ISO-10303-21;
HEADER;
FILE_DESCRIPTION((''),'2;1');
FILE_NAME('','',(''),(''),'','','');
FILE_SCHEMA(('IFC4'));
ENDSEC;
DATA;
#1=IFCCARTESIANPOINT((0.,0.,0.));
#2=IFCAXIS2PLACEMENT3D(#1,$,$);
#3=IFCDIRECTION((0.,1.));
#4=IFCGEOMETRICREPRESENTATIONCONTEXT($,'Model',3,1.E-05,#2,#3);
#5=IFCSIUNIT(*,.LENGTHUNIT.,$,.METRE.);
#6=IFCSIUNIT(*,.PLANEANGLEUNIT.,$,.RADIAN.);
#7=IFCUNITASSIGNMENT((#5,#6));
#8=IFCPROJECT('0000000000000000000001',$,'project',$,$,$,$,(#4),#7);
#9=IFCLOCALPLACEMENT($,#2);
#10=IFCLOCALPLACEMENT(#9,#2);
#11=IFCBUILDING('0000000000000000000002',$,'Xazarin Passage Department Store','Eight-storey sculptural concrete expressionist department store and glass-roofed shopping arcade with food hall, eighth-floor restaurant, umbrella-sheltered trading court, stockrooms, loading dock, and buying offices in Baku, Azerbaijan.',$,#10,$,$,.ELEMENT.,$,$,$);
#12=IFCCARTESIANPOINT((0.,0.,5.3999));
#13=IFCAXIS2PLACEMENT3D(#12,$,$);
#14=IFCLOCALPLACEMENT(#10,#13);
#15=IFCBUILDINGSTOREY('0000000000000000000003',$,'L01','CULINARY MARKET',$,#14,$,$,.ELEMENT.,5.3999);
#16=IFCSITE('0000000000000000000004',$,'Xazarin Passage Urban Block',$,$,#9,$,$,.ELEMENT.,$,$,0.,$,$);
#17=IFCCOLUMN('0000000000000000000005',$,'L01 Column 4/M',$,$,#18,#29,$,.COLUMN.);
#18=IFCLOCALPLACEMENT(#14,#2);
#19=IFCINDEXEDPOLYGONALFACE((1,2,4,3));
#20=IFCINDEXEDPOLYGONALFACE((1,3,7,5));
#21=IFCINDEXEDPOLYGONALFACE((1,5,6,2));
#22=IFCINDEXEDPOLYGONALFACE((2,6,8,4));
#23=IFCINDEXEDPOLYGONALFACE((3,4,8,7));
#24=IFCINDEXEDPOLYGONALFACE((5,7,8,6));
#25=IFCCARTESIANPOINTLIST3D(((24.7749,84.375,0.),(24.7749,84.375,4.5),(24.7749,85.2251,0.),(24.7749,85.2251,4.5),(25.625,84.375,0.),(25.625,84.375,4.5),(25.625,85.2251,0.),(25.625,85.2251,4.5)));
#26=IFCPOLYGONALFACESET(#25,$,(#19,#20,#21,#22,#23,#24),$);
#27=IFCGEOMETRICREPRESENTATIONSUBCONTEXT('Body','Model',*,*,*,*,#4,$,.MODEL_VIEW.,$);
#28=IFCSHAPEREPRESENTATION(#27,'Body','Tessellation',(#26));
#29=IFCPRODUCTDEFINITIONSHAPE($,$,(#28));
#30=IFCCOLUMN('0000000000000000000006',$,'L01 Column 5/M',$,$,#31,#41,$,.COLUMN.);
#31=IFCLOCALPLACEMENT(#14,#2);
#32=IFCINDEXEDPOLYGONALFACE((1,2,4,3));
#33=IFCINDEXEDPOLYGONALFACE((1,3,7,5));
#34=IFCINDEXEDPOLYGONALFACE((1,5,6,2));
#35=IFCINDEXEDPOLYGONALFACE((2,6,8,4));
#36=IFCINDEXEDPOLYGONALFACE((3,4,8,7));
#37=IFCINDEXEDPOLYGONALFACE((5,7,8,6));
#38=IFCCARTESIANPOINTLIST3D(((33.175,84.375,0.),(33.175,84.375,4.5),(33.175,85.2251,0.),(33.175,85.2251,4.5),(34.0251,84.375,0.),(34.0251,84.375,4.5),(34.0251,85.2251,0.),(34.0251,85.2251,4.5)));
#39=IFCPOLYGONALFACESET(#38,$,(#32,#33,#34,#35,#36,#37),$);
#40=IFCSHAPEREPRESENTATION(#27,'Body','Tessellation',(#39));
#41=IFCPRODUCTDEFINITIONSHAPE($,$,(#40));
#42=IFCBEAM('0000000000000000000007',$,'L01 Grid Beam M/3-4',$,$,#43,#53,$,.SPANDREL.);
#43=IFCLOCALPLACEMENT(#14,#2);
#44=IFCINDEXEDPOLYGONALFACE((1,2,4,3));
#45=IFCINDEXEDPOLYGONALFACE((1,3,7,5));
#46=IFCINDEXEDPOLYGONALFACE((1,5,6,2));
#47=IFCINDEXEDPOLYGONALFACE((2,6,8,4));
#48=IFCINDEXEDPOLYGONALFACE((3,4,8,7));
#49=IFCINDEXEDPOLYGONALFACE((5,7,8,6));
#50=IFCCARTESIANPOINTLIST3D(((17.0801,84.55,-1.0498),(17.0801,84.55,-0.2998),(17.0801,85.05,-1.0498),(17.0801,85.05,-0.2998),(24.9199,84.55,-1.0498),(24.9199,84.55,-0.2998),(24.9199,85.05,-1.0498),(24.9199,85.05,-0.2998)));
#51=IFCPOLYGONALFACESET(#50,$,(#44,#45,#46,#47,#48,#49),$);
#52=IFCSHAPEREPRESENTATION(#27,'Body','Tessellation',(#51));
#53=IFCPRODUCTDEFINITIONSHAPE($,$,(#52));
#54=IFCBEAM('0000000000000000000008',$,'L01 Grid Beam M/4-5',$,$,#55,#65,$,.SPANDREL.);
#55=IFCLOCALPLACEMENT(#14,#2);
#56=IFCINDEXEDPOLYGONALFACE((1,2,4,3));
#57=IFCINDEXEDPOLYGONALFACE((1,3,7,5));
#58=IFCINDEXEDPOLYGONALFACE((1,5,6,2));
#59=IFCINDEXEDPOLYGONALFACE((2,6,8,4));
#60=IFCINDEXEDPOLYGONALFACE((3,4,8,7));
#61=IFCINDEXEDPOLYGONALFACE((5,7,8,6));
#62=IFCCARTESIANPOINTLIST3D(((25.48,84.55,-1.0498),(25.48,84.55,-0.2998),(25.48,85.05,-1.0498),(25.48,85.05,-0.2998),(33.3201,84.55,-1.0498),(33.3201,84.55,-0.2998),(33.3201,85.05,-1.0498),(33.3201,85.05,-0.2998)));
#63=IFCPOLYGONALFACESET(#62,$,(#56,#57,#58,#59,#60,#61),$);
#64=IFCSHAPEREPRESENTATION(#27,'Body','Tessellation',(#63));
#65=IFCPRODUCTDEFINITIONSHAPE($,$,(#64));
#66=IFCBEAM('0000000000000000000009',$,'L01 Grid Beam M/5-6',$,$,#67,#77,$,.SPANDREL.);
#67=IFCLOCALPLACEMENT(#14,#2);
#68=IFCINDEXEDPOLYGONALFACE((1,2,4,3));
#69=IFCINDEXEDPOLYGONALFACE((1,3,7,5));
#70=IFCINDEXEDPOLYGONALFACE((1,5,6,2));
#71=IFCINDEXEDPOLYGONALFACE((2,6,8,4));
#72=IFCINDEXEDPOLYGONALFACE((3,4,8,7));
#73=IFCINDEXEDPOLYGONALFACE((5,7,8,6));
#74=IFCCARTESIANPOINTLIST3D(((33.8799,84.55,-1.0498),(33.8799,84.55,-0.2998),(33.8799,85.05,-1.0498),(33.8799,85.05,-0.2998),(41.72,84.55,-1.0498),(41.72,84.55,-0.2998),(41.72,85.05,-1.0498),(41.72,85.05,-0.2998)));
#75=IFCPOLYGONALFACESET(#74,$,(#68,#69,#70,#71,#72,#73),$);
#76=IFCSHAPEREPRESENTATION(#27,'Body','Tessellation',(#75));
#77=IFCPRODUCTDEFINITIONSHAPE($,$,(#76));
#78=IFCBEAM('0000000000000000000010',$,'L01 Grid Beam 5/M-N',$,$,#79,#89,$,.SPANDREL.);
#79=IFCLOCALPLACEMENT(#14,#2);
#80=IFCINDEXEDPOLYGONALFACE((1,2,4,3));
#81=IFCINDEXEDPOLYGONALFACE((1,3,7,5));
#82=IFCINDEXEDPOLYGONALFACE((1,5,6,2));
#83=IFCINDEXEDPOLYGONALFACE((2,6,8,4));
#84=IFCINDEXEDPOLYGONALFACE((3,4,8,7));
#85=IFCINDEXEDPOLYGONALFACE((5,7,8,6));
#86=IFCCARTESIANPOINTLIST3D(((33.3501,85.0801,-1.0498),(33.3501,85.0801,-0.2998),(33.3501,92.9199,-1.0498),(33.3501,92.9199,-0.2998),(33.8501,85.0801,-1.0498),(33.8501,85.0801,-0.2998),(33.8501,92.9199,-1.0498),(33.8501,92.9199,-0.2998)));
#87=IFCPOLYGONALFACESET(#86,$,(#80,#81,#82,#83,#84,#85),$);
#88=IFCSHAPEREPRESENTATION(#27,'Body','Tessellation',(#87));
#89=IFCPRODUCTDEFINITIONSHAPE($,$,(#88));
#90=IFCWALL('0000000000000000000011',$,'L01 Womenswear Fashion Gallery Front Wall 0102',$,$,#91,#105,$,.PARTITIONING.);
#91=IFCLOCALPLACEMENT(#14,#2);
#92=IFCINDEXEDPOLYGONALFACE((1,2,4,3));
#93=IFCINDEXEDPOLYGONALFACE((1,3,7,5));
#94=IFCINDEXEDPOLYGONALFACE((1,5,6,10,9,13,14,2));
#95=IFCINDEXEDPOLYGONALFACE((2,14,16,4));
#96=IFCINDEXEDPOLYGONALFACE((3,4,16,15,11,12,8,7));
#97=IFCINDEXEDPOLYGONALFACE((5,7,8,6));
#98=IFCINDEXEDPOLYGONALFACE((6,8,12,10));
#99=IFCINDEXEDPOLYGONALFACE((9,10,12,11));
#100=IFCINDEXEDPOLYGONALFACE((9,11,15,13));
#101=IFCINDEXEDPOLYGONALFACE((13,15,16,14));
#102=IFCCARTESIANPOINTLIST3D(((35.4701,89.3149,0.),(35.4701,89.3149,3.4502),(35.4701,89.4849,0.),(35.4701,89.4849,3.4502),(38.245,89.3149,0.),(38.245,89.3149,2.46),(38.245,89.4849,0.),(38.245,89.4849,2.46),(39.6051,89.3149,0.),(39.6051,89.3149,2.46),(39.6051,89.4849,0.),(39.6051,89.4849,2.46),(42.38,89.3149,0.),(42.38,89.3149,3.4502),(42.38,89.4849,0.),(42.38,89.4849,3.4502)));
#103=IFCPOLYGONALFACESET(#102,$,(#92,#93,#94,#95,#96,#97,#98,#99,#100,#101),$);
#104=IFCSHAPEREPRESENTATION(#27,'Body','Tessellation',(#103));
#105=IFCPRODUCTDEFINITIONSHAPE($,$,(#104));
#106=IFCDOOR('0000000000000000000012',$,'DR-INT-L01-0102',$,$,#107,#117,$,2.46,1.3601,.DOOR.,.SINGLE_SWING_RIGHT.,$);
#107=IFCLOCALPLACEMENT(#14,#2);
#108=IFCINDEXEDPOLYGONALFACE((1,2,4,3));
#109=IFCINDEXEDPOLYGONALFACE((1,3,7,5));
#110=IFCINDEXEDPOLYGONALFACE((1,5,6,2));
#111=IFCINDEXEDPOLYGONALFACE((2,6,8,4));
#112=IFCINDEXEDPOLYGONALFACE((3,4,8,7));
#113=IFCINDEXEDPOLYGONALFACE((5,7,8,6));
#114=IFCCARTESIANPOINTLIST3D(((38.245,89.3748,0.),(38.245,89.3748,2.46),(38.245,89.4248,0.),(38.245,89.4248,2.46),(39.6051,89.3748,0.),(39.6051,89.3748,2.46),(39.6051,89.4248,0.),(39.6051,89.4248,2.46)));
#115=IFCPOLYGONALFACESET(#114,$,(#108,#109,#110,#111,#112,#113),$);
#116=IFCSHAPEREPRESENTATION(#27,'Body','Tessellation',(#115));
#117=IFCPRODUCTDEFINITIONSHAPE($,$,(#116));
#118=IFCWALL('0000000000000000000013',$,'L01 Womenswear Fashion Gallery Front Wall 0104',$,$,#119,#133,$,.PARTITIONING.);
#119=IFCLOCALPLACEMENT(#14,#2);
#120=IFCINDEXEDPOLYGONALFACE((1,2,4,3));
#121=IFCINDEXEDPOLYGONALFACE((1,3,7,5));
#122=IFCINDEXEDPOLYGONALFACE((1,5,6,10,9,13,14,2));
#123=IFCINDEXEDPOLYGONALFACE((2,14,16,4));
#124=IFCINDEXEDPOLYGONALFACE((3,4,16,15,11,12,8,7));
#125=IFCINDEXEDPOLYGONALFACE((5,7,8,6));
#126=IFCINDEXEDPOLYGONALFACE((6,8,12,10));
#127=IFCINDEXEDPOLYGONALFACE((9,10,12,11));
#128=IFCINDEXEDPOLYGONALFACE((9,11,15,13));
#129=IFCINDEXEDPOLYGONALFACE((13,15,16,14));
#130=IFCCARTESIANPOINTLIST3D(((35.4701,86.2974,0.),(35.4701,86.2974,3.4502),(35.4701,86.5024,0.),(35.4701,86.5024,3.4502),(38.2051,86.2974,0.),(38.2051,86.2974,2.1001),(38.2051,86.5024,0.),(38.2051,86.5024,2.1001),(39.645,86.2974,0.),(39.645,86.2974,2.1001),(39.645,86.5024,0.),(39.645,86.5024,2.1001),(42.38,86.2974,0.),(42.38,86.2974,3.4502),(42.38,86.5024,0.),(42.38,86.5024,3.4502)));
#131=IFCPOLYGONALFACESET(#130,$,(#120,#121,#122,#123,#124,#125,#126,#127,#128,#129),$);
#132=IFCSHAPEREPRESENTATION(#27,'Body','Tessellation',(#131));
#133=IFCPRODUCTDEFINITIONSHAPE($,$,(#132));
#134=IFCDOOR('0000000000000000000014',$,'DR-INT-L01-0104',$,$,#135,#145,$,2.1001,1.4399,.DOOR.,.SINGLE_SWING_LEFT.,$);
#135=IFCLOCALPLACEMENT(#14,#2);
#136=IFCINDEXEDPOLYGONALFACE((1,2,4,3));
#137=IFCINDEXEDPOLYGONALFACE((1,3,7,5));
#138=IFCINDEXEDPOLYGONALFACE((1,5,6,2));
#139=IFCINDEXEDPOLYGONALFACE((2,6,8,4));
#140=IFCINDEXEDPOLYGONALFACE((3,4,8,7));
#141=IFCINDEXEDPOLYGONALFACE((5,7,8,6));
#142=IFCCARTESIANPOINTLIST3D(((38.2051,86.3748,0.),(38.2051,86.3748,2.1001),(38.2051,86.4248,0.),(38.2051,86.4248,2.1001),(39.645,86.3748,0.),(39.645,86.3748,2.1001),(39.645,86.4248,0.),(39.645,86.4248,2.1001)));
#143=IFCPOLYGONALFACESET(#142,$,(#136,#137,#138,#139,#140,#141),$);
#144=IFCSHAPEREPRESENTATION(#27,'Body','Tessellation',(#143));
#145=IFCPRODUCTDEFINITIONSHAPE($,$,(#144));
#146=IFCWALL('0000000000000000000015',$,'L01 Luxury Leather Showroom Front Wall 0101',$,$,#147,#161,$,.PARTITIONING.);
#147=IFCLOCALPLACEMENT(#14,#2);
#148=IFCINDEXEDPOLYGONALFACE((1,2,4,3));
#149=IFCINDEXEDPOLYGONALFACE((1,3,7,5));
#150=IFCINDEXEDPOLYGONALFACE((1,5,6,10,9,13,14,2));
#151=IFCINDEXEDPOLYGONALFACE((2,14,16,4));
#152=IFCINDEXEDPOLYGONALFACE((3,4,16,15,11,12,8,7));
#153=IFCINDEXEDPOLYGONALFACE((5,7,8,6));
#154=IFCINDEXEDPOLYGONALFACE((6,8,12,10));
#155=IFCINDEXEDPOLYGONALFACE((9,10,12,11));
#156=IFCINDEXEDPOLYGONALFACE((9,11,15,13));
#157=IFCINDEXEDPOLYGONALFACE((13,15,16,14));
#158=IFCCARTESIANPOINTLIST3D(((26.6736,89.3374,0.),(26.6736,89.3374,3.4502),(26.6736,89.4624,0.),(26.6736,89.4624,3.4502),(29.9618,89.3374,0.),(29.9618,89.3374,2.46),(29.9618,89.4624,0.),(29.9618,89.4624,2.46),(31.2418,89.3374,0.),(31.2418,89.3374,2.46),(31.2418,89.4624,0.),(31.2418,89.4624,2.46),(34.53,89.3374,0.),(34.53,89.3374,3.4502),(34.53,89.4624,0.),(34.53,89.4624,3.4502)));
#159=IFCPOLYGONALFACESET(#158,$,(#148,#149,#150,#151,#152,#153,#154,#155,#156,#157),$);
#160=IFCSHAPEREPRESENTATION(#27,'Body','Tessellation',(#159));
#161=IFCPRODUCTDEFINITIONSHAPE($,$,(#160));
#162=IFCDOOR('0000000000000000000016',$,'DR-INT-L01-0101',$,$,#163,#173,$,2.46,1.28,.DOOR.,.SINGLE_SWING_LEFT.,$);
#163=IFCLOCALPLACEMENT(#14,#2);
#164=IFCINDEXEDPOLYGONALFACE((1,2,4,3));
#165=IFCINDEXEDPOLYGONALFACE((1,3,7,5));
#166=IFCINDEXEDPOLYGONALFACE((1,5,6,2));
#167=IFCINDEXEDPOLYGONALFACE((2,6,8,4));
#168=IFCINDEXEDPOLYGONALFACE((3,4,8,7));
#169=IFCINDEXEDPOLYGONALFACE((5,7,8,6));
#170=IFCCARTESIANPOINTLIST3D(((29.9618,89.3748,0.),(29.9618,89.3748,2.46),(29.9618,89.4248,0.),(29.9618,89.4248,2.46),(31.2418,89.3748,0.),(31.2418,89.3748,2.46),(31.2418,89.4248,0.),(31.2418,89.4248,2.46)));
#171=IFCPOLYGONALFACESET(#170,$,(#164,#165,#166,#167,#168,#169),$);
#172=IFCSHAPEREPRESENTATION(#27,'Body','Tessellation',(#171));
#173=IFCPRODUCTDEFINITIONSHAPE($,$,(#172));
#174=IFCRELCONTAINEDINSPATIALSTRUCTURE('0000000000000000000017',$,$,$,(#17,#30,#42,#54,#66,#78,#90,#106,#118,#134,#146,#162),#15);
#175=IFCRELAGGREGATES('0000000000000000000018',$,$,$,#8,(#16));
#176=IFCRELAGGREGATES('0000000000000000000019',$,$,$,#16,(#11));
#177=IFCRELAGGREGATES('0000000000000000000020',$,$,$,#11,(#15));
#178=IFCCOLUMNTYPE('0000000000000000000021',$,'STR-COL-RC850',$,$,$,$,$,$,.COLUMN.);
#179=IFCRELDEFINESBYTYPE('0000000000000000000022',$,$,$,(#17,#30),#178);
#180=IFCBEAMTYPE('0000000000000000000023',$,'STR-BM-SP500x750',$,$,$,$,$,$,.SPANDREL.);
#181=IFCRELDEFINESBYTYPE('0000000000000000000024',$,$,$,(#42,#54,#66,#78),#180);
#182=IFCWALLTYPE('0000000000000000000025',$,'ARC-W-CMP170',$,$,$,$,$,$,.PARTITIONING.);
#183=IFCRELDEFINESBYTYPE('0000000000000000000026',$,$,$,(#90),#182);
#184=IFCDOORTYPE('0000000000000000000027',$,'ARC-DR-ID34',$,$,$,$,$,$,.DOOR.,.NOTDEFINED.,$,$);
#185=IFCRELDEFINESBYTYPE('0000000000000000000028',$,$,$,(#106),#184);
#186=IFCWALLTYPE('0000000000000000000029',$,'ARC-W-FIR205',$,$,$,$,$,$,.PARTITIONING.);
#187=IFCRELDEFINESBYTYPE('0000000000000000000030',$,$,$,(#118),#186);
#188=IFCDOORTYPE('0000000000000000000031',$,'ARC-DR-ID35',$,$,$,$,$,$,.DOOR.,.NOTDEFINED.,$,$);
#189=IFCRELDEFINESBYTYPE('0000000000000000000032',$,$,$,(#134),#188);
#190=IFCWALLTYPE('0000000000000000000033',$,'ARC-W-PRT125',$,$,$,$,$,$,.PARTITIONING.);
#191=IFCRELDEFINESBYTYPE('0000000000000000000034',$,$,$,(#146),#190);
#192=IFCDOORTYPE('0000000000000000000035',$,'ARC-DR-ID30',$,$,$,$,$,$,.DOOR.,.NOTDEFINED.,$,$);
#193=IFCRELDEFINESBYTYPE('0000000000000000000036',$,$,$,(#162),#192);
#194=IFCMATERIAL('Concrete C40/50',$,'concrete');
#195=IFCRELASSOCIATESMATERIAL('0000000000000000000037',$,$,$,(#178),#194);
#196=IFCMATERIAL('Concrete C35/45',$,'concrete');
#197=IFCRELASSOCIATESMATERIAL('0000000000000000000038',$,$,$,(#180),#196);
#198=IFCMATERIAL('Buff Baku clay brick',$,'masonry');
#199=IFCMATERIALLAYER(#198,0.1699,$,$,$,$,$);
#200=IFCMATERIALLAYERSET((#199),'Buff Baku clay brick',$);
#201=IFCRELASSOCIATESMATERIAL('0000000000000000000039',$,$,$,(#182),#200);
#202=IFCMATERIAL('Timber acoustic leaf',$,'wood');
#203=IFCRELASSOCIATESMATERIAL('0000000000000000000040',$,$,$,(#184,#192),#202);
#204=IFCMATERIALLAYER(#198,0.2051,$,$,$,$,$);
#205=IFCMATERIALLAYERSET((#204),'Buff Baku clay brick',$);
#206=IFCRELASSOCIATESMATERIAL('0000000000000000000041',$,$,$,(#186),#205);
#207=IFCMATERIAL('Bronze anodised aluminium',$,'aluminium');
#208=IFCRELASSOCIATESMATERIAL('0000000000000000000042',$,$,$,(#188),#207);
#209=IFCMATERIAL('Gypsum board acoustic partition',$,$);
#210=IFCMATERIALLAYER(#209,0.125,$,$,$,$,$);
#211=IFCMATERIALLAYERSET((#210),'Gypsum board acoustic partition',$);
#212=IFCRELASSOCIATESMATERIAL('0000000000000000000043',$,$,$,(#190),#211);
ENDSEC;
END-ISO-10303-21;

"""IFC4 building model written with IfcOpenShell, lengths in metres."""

from ifc_helpers import new_model, si_unit, direction, frame, frame_2d, origin, origin_2d, place, context, subcontext, project, spatial, rectangle, extrude, material, layer, layer_set, material_profile, profile_set, type_object, element, fill, save


model = new_model("IFC4")

# Units and contexts
model_context = context("Model", 3, precision=1e-05, world=origin(), true_north=direction((0.0, 1.0)))
body_context = subcontext(model_context, "Body", "Model", "MODEL_VIEW")
ifc_project = project(units=[si_unit("LENGTHUNIT", "METRE"), si_unit("PLANEANGLEUNIT", "RADIAN")], contexts=[model_context])

# Site, building, storey
site_placement = place(None, origin())
site = spatial("IfcSite", under=ifc_project, at=site_placement, Name="Xazarin Passage Urban Block", CompositionType="ELEMENT", RefElevation=0.0)
building_placement = place(site_placement, origin())
building = spatial("IfcBuilding", under=site, at=building_placement, Name="Xazarin Passage Department Store", Description="Eight-storey sculptural concrete expressionist department store and glass-roofed shopping arcade with food hall, eighth-floor restaurant, umbrella-sheltered trading court, stockrooms, loading dock, and buying offices in Baku, Azerbaijan.", CompositionType="ELEMENT")
storey_placement = place(building_placement, frame((0.0, 0.0, 5.3999)))
storey = spatial("IfcBuildingStorey", under=building, at=storey_placement, Name="L01", Description="CULINARY MARKET", CompositionType="ELEMENT", Elevation=5.3999)

# Columns
ifc_material_1 = material(Name="Concrete C40/50", Category="concrete")
ifc_material_profile_1 = material_profile(ifc_material_1, rectangle(XDim=0.8501, YDim=0.8501, at=origin_2d()), Name="RC 850x850")
ifc_profile_set_1 = profile_set([ifc_material_profile_1], Name="Concrete C40/50")
column_type = type_object("IfcColumnType", Name="STR-COL-RC850", PredefinedType="COLUMN", material=ifc_profile_set_1)
for number, where, z_axis, x_axis, name in (
    (1, (25.2, 84.8, 0.0), (0.0, 0.0, 1.0), (1.0, 0.0, 0.0), "L01 Column 4/M"),
    (2, (33.6001, 84.8, 0.0), (0.0, 0.0, 1.0), (1.0, 0.0, 0.0), "L01 Column 5/M"),
):
    element("IfcColumn", number, at=place(storey_placement, frame(where, z_axis=z_axis, x_axis=x_axis)), inside=storey, type_object=column_type, Name=name, PredefinedType="COLUMN", context=body_context, shape_type="SweptSolid", body=[
        extrude(rectangle(XDim=0.8501, YDim=0.8501, at=origin_2d()), origin(), (0.0, 0.0, 1.0), 4.5),
    ])

# Beams
ifc_material_2 = material(Name="Concrete C35/45", Category="concrete")
ifc_material_profile_2 = material_profile(ifc_material_2, rectangle(XDim=0.5, YDim=0.75, at=origin_2d()), Name="RC 500x750")
ifc_profile_set_2 = profile_set([ifc_material_profile_2], Name="Concrete C35/45")
beam_type = type_object("IfcBeamType", Name="STR-BM-SP500x750", PredefinedType="SPANDREL", material=ifc_profile_set_2)
beam_1_placement = place(storey_placement, frame((17.0801, 84.8, -0.6748), z_axis=(1.0, 0.0, 0.0), x_axis=(0.0, 1.0, 0.0)))
element("IfcBeam", 3, at=beam_1_placement, inside=storey, type_object=beam_type, Name="L01 Grid Beam M/3-4", PredefinedType="SPANDREL", context=body_context, shape_type="SweptSolid", body=[
    extrude(rectangle(XDim=0.5, YDim=0.75, at=origin_2d()), origin(), (0.0, 0.0, 1.0), 7.8398),
])
for number, where, z_axis, x_axis, name in (
    (4, (25.48, 84.8, -0.6748), (1.0, 0.0, 0.0), (0.0, 1.0, 0.0), "L01 Grid Beam M/4-5"),
    (5, (33.8799, 84.8, -0.6748), (1.0, 0.0, 0.0), (0.0, 1.0, 0.0), "L01 Grid Beam M/5-6"),
):
    element("IfcBeam", number, at=place(storey_placement, frame(where, z_axis=z_axis, x_axis=x_axis)), inside=storey, type_object=beam_type, Name=name, PredefinedType="SPANDREL", context=body_context, shape_type="SweptSolid", body=[
        extrude(rectangle(XDim=0.5, YDim=0.75, at=origin_2d()), origin(), (0.0, 0.0, 1.0), 7.8401),
    ])
beam_2_placement = place(storey_placement, frame((33.6001, 85.0801, -0.6748), z_axis=(0.0, 1.0, 0.0), x_axis=(-1.0, 0.0, 0.0)))
element("IfcBeam", 6, at=beam_2_placement, inside=storey, type_object=beam_type, Name="L01 Grid Beam 5/M-N", PredefinedType="SPANDREL", context=body_context, shape_type="SweptSolid", body=[
    extrude(rectangle(XDim=0.5, YDim=0.75, at=origin_2d()), origin(), (0.0, 0.0, 1.0), 7.8398),
])

# Walls, openings, doors
ifc_material_3 = material(Name="Buff Baku clay brick", Category="masonry")
ifc_layer_1 = layer(ifc_material_3, 0.1699)
ifc_layer_set_1 = layer_set([ifc_layer_1], Name="Buff Baku clay brick")
wall_type_1 = type_object("IfcWallType", Name="ARC-W-CMP170", PredefinedType="PARTITIONING", material=ifc_layer_set_1)
wall_1_placement = place(storey_placement, frame((35.47, 89.3999, 0.0), z_axis=(0.0, 0.0, 1.0), x_axis=(1.0, 0.0, 0.0)))
wall_1 = element("IfcWall", 7, at=wall_1_placement, inside=storey, type_object=wall_type_1, Name="L01 Womenswear Fashion Gallery Front Wall 0102", PredefinedType="PARTITIONING", context=body_context, shape_type="SweptSolid", body=[
    extrude(rectangle(XDim=6.9099, YDim=0.1699, at=frame_2d((3.4551, 0.0))), origin(), (0.0, 0.0, 1.0), 3.4502),
])
opening_1_placement = place(wall_1_placement, frame((2.7749, 0.0, 0.0)))
opening_1 = element("IfcOpeningElement", 8, at=opening_1_placement, cuts=wall_1, PredefinedType="OPENING", context=body_context, shape_type="SweptSolid", body=[
    extrude(rectangle(XDim=1.3601, YDim=2.46, at=frame_2d((0.6802, 1.23))), frame((0.0, 0.095, 0.0), z_axis=(0.0, -1.0, 0.0), x_axis=(1.0, 0.0, 0.0)), (0.0, 0.0, 1.0), 0.1899),
])
ifc_material_4 = material(Name="Timber acoustic leaf", Category="wood")
door_type_1 = type_object("IfcDoorType", Name="ARC-DR-ID34", OperationType="NOTDEFINED", PredefinedType="DOOR", material=ifc_material_4)
door_1_placement = place(opening_1_placement, origin())
door_1 = element("IfcDoor", 9, at=door_1_placement, inside=storey, type_object=door_type_1, Name="DR-INT-L01-0102", OperationType="SINGLE_SWING_RIGHT", OverallHeight=2.46, OverallWidth=1.3601, PredefinedType="DOOR", context=body_context, shape_type="SweptSolid", body=[
    extrude(rectangle(XDim=1.3601, YDim=2.46, at=frame_2d((0.6802, 1.23))), frame((0.0, 0.0249, 0.0), z_axis=(0.0, -1.0, 0.0), x_axis=(1.0, 0.0, 0.0)), (0.0, 0.0, 1.0), 0.05),
])
fill(opening_1, door_1)
ifc_layer_2 = layer(ifc_material_3, 0.2051)
ifc_layer_set_2 = layer_set([ifc_layer_2], Name="Buff Baku clay brick")
wall_type_2 = type_object("IfcWallType", Name="ARC-W-FIR205", PredefinedType="PARTITIONING", material=ifc_layer_set_2)
wall_2_placement = place(storey_placement, frame((35.47, 86.3999, 0.0), z_axis=(0.0, 0.0, 1.0), x_axis=(1.0, 0.0, 0.0)))
wall_2 = element("IfcWall", 10, at=wall_2_placement, inside=storey, type_object=wall_type_2, Name="L01 Womenswear Fashion Gallery Front Wall 0104", PredefinedType="PARTITIONING", context=body_context, shape_type="SweptSolid", body=[
    extrude(rectangle(XDim=6.9099, YDim=0.2051, at=frame_2d((3.4551, 0.0))), origin(), (0.0, 0.0, 1.0), 3.4502),
])
opening_2_placement = place(wall_2_placement, frame((2.7351, 0.0, 0.0)))
opening_2 = element("IfcOpeningElement", 11, at=opening_2_placement, cuts=wall_2, PredefinedType="OPENING", context=body_context, shape_type="SweptSolid", body=[
    extrude(rectangle(XDim=1.4399, YDim=2.1001, at=frame_2d((0.72, 1.05))), frame((0.0, 0.1125, 0.0), z_axis=(0.0, -1.0, 0.0), x_axis=(1.0, 0.0, 0.0)), (0.0, 0.0, 1.0), 0.2251),
])
ifc_material_5 = material(Name="Bronze anodised aluminium", Category="aluminium")
door_type_2 = type_object("IfcDoorType", Name="ARC-DR-ID35", OperationType="NOTDEFINED", PredefinedType="DOOR", material=ifc_material_5)
door_2_placement = place(opening_2_placement, origin())
door_2 = element("IfcDoor", 12, at=door_2_placement, inside=storey, type_object=door_type_2, Name="DR-INT-L01-0104", OperationType="SINGLE_SWING_LEFT", OverallHeight=2.1001, OverallWidth=1.4399, PredefinedType="DOOR", context=body_context, shape_type="SweptSolid", body=[
    extrude(rectangle(XDim=1.4399, YDim=2.1001, at=frame_2d((0.72, 1.05))), frame((0.0, 0.0249, 0.0), z_axis=(0.0, -1.0, 0.0), x_axis=(1.0, 0.0, 0.0)), (0.0, 0.0, 1.0), 0.05),
])
fill(opening_2, door_2)
ifc_material_6 = material(Name="Gypsum board acoustic partition")
ifc_layer_3 = layer(ifc_material_6, 0.125)
ifc_layer_set_3 = layer_set([ifc_layer_3], Name="Gypsum board acoustic partition")
wall_type_3 = type_object("IfcWallType", Name="ARC-W-PRT125", PredefinedType="PARTITIONING", material=ifc_layer_set_3)
wall_3_placement = place(storey_placement, frame((26.6736, 89.3999, 0.0), z_axis=(0.0, 0.0, 1.0), x_axis=(1.0, 0.0, 0.0)))
wall_3 = element("IfcWall", 13, at=wall_3_placement, inside=storey, type_object=wall_type_3, Name="L01 Luxury Leather Showroom Front Wall 0101", PredefinedType="PARTITIONING", context=body_context, shape_type="SweptSolid", body=[
    extrude(rectangle(XDim=7.8564, YDim=0.125, at=frame_2d((3.9282, 0.0))), origin(), (0.0, 0.0, 1.0), 3.4502),
])
opening_3_placement = place(wall_3_placement, frame((3.2881, 0.0, 0.0)))
opening_3 = element("IfcOpeningElement", 14, at=opening_3_placement, cuts=wall_3, PredefinedType="OPENING", context=body_context, shape_type="SweptSolid", body=[
    extrude(rectangle(XDim=1.28, YDim=2.46, at=frame_2d((0.6401, 1.23))), frame((0.0, 0.0725, 0.0), z_axis=(0.0, -1.0, 0.0), x_axis=(1.0, 0.0, 0.0)), (0.0, 0.0, 1.0), 0.145),
])
door_type_3 = type_object("IfcDoorType", Name="ARC-DR-ID30", OperationType="NOTDEFINED", PredefinedType="DOOR", material=ifc_material_4)
door_3_placement = place(opening_3_placement, origin())
door_3 = element("IfcDoor", 15, at=door_3_placement, inside=storey, type_object=door_type_3, Name="DR-INT-L01-0101", OperationType="SINGLE_SWING_LEFT", OverallHeight=2.46, OverallWidth=1.28, PredefinedType="DOOR", context=body_context, shape_type="SweptSolid", body=[
    extrude(rectangle(XDim=1.28, YDim=2.46, at=frame_2d((0.6401, 1.23))), frame((0.0, 0.0249, 0.0), z_axis=(0.0, -1.0, 0.0), x_axis=(1.0, 0.0, 0.0)), (0.0, 0.0, 1.0), 0.05),
])
fill(opening_3, door_3)

save(model, "model.ifc")
